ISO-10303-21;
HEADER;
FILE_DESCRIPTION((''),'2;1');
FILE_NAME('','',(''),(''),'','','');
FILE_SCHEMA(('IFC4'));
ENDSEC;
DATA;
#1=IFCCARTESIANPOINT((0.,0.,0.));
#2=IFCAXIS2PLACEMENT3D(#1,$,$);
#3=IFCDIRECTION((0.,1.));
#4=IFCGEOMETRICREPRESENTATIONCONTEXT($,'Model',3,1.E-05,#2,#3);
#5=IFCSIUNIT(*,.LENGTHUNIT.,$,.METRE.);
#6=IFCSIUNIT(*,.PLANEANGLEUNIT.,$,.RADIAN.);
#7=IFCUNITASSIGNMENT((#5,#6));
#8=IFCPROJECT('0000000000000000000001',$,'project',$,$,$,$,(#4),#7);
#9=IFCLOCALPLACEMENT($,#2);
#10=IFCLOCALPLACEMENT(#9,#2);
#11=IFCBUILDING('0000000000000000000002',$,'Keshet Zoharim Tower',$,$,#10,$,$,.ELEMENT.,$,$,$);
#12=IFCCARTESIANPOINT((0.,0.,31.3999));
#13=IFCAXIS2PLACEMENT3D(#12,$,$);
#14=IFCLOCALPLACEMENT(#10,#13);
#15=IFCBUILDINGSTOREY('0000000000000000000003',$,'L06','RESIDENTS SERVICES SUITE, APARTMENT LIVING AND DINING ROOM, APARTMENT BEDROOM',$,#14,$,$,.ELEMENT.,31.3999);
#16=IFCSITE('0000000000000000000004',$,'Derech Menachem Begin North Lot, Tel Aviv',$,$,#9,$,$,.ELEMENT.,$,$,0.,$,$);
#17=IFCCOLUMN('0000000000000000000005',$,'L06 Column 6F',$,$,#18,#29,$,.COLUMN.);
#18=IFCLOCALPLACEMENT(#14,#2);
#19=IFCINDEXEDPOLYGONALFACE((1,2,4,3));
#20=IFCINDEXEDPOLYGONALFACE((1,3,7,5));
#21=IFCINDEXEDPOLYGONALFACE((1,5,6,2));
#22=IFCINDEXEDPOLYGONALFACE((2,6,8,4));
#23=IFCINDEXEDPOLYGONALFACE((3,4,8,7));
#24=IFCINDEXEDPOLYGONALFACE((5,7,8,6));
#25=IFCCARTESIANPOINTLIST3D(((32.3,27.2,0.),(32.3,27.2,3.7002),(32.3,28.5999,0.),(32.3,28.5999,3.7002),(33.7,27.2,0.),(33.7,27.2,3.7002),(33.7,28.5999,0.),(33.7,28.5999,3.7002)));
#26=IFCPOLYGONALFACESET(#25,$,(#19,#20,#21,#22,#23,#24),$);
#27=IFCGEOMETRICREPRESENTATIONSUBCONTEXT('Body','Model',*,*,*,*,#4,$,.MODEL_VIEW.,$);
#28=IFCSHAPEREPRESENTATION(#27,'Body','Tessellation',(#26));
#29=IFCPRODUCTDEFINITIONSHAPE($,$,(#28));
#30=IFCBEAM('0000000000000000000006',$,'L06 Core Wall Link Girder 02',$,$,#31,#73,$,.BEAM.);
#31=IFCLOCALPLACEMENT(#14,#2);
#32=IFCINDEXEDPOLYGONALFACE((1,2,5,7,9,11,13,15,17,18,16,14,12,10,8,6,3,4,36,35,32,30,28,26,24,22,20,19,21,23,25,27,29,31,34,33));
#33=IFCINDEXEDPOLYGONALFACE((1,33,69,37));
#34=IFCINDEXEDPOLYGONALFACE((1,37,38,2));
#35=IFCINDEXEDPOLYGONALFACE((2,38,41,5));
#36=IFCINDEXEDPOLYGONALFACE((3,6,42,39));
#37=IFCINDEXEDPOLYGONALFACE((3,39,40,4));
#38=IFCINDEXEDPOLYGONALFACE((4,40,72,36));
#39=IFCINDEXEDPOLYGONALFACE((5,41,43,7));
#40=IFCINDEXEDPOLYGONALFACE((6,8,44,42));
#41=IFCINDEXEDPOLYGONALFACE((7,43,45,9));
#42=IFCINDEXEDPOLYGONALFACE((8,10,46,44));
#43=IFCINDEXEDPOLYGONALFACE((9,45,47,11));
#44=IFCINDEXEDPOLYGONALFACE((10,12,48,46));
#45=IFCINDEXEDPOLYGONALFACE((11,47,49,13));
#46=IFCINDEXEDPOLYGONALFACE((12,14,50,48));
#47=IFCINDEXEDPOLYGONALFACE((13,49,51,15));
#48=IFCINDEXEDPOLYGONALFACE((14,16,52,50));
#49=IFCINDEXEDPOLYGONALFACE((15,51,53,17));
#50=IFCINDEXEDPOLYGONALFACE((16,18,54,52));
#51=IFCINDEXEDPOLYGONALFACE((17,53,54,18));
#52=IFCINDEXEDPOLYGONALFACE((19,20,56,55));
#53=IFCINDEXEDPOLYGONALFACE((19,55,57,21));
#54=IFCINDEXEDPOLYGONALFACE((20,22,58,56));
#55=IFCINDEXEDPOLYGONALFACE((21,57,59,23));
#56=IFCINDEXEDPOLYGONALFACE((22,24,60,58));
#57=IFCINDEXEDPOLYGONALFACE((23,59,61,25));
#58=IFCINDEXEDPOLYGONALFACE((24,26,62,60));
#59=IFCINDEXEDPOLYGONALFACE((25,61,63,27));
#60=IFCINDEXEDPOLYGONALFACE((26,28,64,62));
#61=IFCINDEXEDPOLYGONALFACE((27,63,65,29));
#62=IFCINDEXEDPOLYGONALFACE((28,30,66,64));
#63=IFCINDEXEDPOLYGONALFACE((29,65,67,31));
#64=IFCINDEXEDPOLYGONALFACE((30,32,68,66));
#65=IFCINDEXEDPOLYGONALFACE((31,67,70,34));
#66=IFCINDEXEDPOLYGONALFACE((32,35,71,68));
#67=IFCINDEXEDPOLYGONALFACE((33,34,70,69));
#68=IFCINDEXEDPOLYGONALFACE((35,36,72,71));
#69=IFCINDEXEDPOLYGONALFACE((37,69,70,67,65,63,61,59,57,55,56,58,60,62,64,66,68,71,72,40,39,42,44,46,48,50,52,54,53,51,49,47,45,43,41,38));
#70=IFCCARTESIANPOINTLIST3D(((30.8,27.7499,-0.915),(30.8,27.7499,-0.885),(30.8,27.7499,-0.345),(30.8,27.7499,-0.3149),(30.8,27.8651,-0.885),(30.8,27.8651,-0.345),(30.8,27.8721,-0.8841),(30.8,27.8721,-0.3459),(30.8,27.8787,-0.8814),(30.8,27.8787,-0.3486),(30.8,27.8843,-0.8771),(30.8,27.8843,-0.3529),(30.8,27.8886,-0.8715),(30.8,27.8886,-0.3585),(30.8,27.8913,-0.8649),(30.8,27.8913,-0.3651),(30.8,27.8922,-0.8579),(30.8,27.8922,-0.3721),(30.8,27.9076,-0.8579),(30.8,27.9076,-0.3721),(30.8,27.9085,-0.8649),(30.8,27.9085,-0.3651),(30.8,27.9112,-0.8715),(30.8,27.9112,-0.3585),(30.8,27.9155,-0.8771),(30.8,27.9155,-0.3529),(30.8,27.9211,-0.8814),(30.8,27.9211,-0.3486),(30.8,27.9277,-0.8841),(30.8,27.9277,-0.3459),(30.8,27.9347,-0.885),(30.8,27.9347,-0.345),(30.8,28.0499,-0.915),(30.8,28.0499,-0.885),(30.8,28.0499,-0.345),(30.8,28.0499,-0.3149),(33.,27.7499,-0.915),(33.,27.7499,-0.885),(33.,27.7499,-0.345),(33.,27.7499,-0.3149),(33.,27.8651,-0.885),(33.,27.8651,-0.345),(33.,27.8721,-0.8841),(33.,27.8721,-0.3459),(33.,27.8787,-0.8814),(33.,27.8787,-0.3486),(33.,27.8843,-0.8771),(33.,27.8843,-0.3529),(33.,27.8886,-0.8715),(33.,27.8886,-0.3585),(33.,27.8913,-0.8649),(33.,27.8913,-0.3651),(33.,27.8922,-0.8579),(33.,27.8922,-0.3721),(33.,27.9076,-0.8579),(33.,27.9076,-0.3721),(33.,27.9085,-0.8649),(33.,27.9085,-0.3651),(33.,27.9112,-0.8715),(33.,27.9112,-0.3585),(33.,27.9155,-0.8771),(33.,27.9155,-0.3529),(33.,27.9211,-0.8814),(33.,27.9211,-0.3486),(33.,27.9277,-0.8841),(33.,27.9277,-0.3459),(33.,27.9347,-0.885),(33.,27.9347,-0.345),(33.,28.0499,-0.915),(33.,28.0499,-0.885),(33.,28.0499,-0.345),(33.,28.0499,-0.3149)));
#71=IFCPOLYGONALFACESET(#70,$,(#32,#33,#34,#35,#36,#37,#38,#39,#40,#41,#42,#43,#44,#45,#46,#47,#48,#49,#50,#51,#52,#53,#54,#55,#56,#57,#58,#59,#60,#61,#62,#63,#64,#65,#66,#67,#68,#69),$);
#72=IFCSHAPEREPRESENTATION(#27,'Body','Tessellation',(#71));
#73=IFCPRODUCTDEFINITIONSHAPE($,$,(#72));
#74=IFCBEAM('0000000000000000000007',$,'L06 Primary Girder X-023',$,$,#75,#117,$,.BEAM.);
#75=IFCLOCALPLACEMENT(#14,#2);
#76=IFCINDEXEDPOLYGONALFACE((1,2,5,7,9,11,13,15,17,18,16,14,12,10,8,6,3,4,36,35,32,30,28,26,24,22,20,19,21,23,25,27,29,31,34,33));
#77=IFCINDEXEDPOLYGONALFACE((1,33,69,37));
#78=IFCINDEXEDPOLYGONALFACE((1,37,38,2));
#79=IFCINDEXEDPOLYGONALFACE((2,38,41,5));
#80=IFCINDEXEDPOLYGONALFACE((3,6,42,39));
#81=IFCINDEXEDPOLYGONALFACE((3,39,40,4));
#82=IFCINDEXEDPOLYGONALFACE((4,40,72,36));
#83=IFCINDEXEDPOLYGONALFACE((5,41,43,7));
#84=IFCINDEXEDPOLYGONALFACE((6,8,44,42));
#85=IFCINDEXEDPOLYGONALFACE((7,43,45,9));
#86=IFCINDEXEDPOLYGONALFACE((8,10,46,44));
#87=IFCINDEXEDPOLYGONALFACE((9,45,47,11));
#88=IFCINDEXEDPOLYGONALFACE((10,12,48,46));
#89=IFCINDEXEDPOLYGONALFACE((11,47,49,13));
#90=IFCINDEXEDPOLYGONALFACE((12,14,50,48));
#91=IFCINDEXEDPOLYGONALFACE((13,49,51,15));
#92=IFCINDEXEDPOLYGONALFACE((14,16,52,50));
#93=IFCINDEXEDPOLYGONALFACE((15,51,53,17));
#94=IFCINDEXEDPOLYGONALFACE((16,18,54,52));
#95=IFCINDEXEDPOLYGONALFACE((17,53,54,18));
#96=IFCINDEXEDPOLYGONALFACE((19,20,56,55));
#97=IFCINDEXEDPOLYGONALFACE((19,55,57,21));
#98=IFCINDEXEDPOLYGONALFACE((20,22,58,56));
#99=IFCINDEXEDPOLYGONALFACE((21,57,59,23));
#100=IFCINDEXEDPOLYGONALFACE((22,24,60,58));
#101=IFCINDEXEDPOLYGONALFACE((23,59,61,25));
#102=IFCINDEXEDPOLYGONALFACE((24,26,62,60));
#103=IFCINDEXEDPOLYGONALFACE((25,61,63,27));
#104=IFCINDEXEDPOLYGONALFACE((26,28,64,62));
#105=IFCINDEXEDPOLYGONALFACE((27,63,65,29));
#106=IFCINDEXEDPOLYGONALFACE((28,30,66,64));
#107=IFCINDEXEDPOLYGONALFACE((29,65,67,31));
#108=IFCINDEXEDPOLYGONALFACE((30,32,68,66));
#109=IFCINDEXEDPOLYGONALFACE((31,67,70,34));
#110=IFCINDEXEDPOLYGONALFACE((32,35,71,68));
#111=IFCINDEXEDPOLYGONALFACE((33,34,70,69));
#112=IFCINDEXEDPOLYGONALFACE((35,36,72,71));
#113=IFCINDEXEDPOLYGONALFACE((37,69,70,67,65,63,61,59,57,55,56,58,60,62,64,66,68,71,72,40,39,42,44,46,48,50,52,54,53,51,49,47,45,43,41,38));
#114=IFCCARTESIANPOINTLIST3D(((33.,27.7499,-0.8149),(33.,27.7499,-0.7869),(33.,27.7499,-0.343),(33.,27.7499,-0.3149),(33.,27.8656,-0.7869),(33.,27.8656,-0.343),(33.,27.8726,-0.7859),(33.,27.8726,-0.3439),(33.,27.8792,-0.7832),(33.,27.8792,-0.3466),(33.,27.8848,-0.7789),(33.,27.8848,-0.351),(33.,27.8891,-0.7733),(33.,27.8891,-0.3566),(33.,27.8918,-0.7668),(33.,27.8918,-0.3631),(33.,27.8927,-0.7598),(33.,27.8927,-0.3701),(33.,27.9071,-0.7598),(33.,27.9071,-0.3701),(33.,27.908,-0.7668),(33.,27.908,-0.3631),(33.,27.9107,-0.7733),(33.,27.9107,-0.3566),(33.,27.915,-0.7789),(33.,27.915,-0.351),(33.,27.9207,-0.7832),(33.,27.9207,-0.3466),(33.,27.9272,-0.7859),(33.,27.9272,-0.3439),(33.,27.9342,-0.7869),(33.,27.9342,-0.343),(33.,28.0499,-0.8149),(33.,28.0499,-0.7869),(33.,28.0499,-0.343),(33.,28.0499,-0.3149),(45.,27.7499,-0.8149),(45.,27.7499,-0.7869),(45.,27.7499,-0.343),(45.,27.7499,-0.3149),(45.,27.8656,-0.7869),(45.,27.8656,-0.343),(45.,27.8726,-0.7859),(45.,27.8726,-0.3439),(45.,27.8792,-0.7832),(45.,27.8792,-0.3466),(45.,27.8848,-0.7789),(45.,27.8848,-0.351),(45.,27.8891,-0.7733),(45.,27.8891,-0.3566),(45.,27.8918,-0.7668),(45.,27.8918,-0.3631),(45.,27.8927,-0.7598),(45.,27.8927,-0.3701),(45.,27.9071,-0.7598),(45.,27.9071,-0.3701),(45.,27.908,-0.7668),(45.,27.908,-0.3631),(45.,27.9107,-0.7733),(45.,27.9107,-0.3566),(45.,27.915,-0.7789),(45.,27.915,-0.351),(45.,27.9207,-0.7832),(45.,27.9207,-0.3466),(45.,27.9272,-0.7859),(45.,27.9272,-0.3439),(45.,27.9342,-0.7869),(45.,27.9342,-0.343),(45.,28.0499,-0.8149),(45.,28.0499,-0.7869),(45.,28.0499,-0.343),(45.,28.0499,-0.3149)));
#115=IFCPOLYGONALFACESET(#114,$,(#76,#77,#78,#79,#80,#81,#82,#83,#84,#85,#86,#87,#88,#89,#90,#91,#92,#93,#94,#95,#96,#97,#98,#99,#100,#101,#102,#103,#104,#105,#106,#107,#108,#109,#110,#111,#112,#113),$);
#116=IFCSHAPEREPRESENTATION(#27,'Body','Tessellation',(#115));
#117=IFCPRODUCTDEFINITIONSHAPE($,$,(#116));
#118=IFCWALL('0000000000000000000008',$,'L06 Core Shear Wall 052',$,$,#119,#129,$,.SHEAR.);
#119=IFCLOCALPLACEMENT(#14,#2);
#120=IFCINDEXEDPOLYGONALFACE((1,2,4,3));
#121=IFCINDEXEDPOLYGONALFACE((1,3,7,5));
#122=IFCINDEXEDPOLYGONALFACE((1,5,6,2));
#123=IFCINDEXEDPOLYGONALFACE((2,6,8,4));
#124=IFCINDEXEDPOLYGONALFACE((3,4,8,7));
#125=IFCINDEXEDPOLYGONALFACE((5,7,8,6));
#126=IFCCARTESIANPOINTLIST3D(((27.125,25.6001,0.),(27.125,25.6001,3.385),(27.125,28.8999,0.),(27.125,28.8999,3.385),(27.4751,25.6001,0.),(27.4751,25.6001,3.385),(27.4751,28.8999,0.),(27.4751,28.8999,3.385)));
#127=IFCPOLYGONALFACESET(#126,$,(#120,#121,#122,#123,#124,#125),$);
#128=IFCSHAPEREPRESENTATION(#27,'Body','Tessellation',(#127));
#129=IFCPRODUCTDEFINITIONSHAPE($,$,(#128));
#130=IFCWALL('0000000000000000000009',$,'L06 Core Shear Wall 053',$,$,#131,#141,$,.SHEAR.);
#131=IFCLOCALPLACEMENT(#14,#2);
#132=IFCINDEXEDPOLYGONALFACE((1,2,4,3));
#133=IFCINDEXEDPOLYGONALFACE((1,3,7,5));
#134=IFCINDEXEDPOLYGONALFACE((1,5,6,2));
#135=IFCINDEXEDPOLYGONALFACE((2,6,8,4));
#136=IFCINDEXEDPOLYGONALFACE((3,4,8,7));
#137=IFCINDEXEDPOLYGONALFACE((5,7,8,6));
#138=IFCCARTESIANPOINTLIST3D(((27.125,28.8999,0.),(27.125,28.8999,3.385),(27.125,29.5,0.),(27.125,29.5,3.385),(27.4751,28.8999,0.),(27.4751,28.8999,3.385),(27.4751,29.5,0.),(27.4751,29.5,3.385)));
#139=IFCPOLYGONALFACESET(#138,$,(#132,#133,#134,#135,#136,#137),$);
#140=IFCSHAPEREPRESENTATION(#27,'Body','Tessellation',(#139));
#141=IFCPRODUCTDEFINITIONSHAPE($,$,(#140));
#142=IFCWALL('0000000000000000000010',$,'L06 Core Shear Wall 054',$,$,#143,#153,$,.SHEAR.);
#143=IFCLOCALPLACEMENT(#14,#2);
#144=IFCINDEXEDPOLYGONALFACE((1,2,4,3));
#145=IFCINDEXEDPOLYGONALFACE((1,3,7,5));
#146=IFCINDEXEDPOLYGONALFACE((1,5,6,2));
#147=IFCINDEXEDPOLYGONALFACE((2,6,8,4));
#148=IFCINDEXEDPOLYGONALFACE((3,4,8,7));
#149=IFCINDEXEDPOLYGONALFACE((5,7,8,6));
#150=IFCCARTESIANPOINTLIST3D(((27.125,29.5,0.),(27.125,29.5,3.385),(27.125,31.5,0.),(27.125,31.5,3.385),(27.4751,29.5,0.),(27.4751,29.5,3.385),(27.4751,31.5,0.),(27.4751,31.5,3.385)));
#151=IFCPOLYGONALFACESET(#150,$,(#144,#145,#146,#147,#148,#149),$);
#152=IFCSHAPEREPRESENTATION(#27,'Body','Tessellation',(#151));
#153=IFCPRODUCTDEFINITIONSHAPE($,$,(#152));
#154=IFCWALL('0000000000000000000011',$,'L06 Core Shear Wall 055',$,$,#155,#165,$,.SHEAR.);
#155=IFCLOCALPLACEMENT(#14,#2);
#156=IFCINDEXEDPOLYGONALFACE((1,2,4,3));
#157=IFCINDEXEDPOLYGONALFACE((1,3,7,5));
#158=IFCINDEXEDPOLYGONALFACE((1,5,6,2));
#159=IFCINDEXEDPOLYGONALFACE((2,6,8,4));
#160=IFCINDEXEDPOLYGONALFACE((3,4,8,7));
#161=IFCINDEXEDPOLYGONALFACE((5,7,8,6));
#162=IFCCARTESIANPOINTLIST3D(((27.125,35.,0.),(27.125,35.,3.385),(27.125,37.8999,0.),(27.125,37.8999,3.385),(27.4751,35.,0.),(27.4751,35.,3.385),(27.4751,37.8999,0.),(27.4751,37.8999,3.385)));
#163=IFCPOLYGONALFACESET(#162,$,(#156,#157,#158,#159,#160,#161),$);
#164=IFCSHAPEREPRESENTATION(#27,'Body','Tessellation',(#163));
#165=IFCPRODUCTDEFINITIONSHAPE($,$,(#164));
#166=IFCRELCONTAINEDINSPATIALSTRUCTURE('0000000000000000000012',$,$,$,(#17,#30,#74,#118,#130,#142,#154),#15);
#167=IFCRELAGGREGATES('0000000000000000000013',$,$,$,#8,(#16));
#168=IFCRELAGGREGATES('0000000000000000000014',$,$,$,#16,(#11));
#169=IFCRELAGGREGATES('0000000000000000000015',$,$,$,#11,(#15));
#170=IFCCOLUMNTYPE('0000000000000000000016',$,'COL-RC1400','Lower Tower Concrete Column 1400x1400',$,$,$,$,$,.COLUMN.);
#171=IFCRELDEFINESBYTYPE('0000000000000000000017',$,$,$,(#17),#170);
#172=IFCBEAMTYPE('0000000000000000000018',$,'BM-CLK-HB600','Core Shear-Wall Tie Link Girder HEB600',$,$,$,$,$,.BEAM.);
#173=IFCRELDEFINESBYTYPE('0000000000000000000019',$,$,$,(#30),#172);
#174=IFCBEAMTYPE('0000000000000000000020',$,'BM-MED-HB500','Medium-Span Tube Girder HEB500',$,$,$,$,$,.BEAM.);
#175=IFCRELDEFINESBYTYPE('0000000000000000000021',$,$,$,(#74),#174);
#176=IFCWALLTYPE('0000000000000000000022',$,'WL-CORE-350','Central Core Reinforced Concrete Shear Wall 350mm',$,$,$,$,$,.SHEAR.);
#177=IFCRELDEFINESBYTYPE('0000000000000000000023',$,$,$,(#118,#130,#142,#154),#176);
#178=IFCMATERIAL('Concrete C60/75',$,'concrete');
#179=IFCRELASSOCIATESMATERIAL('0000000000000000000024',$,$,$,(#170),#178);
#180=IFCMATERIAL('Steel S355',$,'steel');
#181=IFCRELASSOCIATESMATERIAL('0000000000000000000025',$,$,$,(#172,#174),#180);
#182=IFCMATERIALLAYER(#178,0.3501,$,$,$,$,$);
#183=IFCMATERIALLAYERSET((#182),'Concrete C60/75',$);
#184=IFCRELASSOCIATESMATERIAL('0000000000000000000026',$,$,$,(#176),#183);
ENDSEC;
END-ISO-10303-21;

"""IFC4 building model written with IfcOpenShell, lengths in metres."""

from ifc_helpers import new_model, si_unit, direction, frame, frame_2d, origin, origin_2d, place, context, subcontext, project, spatial, rectangle, i_section, extrude, material, layer, layer_set, material_profile, profile_set, type_object, element, save


model = new_model("IFC4")

# Units and contexts
model_context = context("Model", 3, precision=1e-05, world=origin(), true_north=direction((0.0, 1.0)))
body_context = subcontext(model_context, "Body", "Model", "MODEL_VIEW")
ifc_project = project(units=[si_unit("LENGTHUNIT", "METRE"), si_unit("PLANEANGLEUNIT", "RADIAN")], contexts=[model_context])

# Site, building, storey
site_placement = place(None, origin())
site = spatial("IfcSite", under=ifc_project, at=site_placement, Name="Derech Menachem Begin North Lot, Tel Aviv", CompositionType="ELEMENT", RefElevation=0.0)
building_placement = place(site_placement, origin())
building = spatial("IfcBuilding", under=site, at=building_placement, Name="Keshet Zoharim Tower", CompositionType="ELEMENT")
storey_placement = place(building_placement, frame((0.0, 0.0, 31.3999)))
storey = spatial("IfcBuildingStorey", under=building, at=storey_placement, Name="L06", Description="RESIDENTS SERVICES SUITE, APARTMENT LIVING AND DINING ROOM, APARTMENT BEDROOM", CompositionType="ELEMENT", Elevation=31.3999)

# Column
ifc_material_1 = material(Name="Concrete C60/75", Category="concrete")
ifc_material_profile_1 = material_profile(ifc_material_1, rectangle(XDim=1.3999, YDim=1.3999, at=origin_2d()), Name="RC1400x1400")
ifc_profile_set_1 = profile_set([ifc_material_profile_1], Name="Concrete C60/75")
column_type = type_object("IfcColumnType", Name="COL-RC1400", Description="Lower Tower Concrete Column 1400x1400", PredefinedType="COLUMN", material=ifc_profile_set_1)
column_placement = place(storey_placement, frame((33.0, 27.8999, 0.0), z_axis=(0.0, 0.0, 1.0), x_axis=(1.0, 0.0, 0.0)))
element("IfcColumn", 1, at=column_placement, inside=storey, type_object=column_type, Name="L06 Column 6F", PredefinedType="COLUMN", context=body_context, shape_type="SweptSolid", body=[
    extrude(rectangle(XDim=1.3999, YDim=1.3999, at=origin_2d()), origin(), (0.0, 0.0, 1.0), 3.7002),
])

# Beams
ifc_material_2 = material(Name="Steel S355", Category="steel")
ifc_material_profile_2 = material_profile(ifc_material_2, i_section(OverallWidth=0.3, OverallDepth=0.6001, WebThickness=0.0154, FlangeThickness=0.03, FilletRadius=0.0271, at=origin_2d()), Name="HEB600")
ifc_profile_set_2 = profile_set([ifc_material_profile_2], Name="Steel S355")
beam_type_1 = type_object("IfcBeamType", Name="BM-CLK-HB600", Description="Core Shear-Wall Tie Link Girder HEB600", PredefinedType="BEAM", material=ifc_profile_set_2)
beam_1_placement = place(storey_placement, frame((30.8, 27.8999, -0.615), z_axis=(1.0, 0.0, 0.0), x_axis=(0.0, 1.0, 0.0)))
element("IfcBeam", 2, at=beam_1_placement, inside=storey, type_object=beam_type_1, Name="L06 Core Wall Link Girder 02", PredefinedType="BEAM", context=body_context, shape_type="SweptSolid", body=[
    extrude(i_section(OverallWidth=0.3, OverallDepth=0.6001, WebThickness=0.0154, FlangeThickness=0.03, FilletRadius=0.0271, at=origin_2d()), origin(), (0.0, 0.0, 1.0), 2.2),
])
ifc_material_profile_3 = material_profile(ifc_material_2, i_section(OverallWidth=0.3, OverallDepth=0.5, WebThickness=0.0144, FlangeThickness=0.0281, FilletRadius=0.0271, at=origin_2d()), Name="HEB500")
ifc_profile_set_3 = profile_set([ifc_material_profile_3], Name="Steel S355")
beam_type_2 = type_object("IfcBeamType", Name="BM-MED-HB500", Description="Medium-Span Tube Girder HEB500", PredefinedType="BEAM", material=ifc_profile_set_3)
beam_2_placement = place(storey_placement, frame((33.0, 27.8999, -0.5649), z_axis=(1.0, 0.0, 0.0), x_axis=(0.0, 1.0, 0.0)))
element("IfcBeam", 3, at=beam_2_placement, inside=storey, type_object=beam_type_2, Name="L06 Primary Girder X-023", PredefinedType="BEAM", context=body_context, shape_type="SweptSolid", body=[
    extrude(i_section(OverallWidth=0.3, OverallDepth=0.5, WebThickness=0.0144, FlangeThickness=0.0281, FilletRadius=0.0271, at=origin_2d()), origin(), (0.0, 0.0, 1.0), 12.0),
])

# Walls
ifc_layer_1 = layer(ifc_material_1, 0.3501)
ifc_layer_set_1 = layer_set([ifc_layer_1], Name="Concrete C60/75")
wall_type_1 = type_object("IfcWallType", Name="WL-CORE-350", Description="Central Core Reinforced Concrete Shear Wall 350mm", PredefinedType="SHEAR", material=ifc_layer_set_1)
wall_1_placement = place(storey_placement, frame((27.3, 25.6001, 0.0), z_axis=(0.0, 0.0, 1.0), x_axis=(0.0, 1.0, 0.0)))
element("IfcWall", 4, at=wall_1_placement, inside=storey, type_object=wall_type_1, Name="L06 Core Shear Wall 052", PredefinedType="SHEAR", context=body_context, shape_type="SweptSolid", body=[
    extrude(rectangle(XDim=3.2998, YDim=0.3501, at=frame_2d((1.6499, 0.0))), origin(), (0.0, 0.0, 1.0), 3.385),
])
wall_2_placement = place(storey_placement, frame((27.3, 28.8999, 0.0), z_axis=(0.0, 0.0, 1.0), x_axis=(0.0, 1.0, 0.0)))
element("IfcWall", 5, at=wall_2_placement, inside=storey, type_object=wall_type_1, Name="L06 Core Shear Wall 053", PredefinedType="SHEAR", context=body_context, shape_type="SweptSolid", body=[
    extrude(rectangle(XDim=0.6001, YDim=0.3501, at=frame_2d((0.3, 0.0))), origin(), (0.0, 0.0, 1.0), 3.385),
])
wall_3_placement = place(storey_placement, frame((27.3, 29.5, 0.0), z_axis=(0.0, 0.0, 1.0), x_axis=(0.0, 1.0, 0.0)))
element("IfcWall", 6, at=wall_3_placement, inside=storey, type_object=wall_type_1, Name="L06 Core Shear Wall 054", PredefinedType="SHEAR", context=body_context, shape_type="SweptSolid", body=[
    extrude(rectangle(XDim=2.0, YDim=0.3501, at=frame_2d((1.0, 0.0))), origin(), (0.0, 0.0, 1.0), 3.385),
])
wall_4_placement = place(storey_placement, frame((27.3, 35.0, 0.0), z_axis=(0.0, 0.0, 1.0), x_axis=(0.0, 1.0, 0.0)))
element("IfcWall", 7, at=wall_4_placement, inside=storey, type_object=wall_type_1, Name="L06 Core Shear Wall 055", PredefinedType="SHEAR", context=body_context, shape_type="SweptSolid", body=[
    extrude(rectangle(XDim=2.8999, YDim=0.3501, at=frame_2d((1.45, 0.0))), origin(), (0.0, 0.0, 1.0), 3.385),
])

save(model, "model.ifc")
